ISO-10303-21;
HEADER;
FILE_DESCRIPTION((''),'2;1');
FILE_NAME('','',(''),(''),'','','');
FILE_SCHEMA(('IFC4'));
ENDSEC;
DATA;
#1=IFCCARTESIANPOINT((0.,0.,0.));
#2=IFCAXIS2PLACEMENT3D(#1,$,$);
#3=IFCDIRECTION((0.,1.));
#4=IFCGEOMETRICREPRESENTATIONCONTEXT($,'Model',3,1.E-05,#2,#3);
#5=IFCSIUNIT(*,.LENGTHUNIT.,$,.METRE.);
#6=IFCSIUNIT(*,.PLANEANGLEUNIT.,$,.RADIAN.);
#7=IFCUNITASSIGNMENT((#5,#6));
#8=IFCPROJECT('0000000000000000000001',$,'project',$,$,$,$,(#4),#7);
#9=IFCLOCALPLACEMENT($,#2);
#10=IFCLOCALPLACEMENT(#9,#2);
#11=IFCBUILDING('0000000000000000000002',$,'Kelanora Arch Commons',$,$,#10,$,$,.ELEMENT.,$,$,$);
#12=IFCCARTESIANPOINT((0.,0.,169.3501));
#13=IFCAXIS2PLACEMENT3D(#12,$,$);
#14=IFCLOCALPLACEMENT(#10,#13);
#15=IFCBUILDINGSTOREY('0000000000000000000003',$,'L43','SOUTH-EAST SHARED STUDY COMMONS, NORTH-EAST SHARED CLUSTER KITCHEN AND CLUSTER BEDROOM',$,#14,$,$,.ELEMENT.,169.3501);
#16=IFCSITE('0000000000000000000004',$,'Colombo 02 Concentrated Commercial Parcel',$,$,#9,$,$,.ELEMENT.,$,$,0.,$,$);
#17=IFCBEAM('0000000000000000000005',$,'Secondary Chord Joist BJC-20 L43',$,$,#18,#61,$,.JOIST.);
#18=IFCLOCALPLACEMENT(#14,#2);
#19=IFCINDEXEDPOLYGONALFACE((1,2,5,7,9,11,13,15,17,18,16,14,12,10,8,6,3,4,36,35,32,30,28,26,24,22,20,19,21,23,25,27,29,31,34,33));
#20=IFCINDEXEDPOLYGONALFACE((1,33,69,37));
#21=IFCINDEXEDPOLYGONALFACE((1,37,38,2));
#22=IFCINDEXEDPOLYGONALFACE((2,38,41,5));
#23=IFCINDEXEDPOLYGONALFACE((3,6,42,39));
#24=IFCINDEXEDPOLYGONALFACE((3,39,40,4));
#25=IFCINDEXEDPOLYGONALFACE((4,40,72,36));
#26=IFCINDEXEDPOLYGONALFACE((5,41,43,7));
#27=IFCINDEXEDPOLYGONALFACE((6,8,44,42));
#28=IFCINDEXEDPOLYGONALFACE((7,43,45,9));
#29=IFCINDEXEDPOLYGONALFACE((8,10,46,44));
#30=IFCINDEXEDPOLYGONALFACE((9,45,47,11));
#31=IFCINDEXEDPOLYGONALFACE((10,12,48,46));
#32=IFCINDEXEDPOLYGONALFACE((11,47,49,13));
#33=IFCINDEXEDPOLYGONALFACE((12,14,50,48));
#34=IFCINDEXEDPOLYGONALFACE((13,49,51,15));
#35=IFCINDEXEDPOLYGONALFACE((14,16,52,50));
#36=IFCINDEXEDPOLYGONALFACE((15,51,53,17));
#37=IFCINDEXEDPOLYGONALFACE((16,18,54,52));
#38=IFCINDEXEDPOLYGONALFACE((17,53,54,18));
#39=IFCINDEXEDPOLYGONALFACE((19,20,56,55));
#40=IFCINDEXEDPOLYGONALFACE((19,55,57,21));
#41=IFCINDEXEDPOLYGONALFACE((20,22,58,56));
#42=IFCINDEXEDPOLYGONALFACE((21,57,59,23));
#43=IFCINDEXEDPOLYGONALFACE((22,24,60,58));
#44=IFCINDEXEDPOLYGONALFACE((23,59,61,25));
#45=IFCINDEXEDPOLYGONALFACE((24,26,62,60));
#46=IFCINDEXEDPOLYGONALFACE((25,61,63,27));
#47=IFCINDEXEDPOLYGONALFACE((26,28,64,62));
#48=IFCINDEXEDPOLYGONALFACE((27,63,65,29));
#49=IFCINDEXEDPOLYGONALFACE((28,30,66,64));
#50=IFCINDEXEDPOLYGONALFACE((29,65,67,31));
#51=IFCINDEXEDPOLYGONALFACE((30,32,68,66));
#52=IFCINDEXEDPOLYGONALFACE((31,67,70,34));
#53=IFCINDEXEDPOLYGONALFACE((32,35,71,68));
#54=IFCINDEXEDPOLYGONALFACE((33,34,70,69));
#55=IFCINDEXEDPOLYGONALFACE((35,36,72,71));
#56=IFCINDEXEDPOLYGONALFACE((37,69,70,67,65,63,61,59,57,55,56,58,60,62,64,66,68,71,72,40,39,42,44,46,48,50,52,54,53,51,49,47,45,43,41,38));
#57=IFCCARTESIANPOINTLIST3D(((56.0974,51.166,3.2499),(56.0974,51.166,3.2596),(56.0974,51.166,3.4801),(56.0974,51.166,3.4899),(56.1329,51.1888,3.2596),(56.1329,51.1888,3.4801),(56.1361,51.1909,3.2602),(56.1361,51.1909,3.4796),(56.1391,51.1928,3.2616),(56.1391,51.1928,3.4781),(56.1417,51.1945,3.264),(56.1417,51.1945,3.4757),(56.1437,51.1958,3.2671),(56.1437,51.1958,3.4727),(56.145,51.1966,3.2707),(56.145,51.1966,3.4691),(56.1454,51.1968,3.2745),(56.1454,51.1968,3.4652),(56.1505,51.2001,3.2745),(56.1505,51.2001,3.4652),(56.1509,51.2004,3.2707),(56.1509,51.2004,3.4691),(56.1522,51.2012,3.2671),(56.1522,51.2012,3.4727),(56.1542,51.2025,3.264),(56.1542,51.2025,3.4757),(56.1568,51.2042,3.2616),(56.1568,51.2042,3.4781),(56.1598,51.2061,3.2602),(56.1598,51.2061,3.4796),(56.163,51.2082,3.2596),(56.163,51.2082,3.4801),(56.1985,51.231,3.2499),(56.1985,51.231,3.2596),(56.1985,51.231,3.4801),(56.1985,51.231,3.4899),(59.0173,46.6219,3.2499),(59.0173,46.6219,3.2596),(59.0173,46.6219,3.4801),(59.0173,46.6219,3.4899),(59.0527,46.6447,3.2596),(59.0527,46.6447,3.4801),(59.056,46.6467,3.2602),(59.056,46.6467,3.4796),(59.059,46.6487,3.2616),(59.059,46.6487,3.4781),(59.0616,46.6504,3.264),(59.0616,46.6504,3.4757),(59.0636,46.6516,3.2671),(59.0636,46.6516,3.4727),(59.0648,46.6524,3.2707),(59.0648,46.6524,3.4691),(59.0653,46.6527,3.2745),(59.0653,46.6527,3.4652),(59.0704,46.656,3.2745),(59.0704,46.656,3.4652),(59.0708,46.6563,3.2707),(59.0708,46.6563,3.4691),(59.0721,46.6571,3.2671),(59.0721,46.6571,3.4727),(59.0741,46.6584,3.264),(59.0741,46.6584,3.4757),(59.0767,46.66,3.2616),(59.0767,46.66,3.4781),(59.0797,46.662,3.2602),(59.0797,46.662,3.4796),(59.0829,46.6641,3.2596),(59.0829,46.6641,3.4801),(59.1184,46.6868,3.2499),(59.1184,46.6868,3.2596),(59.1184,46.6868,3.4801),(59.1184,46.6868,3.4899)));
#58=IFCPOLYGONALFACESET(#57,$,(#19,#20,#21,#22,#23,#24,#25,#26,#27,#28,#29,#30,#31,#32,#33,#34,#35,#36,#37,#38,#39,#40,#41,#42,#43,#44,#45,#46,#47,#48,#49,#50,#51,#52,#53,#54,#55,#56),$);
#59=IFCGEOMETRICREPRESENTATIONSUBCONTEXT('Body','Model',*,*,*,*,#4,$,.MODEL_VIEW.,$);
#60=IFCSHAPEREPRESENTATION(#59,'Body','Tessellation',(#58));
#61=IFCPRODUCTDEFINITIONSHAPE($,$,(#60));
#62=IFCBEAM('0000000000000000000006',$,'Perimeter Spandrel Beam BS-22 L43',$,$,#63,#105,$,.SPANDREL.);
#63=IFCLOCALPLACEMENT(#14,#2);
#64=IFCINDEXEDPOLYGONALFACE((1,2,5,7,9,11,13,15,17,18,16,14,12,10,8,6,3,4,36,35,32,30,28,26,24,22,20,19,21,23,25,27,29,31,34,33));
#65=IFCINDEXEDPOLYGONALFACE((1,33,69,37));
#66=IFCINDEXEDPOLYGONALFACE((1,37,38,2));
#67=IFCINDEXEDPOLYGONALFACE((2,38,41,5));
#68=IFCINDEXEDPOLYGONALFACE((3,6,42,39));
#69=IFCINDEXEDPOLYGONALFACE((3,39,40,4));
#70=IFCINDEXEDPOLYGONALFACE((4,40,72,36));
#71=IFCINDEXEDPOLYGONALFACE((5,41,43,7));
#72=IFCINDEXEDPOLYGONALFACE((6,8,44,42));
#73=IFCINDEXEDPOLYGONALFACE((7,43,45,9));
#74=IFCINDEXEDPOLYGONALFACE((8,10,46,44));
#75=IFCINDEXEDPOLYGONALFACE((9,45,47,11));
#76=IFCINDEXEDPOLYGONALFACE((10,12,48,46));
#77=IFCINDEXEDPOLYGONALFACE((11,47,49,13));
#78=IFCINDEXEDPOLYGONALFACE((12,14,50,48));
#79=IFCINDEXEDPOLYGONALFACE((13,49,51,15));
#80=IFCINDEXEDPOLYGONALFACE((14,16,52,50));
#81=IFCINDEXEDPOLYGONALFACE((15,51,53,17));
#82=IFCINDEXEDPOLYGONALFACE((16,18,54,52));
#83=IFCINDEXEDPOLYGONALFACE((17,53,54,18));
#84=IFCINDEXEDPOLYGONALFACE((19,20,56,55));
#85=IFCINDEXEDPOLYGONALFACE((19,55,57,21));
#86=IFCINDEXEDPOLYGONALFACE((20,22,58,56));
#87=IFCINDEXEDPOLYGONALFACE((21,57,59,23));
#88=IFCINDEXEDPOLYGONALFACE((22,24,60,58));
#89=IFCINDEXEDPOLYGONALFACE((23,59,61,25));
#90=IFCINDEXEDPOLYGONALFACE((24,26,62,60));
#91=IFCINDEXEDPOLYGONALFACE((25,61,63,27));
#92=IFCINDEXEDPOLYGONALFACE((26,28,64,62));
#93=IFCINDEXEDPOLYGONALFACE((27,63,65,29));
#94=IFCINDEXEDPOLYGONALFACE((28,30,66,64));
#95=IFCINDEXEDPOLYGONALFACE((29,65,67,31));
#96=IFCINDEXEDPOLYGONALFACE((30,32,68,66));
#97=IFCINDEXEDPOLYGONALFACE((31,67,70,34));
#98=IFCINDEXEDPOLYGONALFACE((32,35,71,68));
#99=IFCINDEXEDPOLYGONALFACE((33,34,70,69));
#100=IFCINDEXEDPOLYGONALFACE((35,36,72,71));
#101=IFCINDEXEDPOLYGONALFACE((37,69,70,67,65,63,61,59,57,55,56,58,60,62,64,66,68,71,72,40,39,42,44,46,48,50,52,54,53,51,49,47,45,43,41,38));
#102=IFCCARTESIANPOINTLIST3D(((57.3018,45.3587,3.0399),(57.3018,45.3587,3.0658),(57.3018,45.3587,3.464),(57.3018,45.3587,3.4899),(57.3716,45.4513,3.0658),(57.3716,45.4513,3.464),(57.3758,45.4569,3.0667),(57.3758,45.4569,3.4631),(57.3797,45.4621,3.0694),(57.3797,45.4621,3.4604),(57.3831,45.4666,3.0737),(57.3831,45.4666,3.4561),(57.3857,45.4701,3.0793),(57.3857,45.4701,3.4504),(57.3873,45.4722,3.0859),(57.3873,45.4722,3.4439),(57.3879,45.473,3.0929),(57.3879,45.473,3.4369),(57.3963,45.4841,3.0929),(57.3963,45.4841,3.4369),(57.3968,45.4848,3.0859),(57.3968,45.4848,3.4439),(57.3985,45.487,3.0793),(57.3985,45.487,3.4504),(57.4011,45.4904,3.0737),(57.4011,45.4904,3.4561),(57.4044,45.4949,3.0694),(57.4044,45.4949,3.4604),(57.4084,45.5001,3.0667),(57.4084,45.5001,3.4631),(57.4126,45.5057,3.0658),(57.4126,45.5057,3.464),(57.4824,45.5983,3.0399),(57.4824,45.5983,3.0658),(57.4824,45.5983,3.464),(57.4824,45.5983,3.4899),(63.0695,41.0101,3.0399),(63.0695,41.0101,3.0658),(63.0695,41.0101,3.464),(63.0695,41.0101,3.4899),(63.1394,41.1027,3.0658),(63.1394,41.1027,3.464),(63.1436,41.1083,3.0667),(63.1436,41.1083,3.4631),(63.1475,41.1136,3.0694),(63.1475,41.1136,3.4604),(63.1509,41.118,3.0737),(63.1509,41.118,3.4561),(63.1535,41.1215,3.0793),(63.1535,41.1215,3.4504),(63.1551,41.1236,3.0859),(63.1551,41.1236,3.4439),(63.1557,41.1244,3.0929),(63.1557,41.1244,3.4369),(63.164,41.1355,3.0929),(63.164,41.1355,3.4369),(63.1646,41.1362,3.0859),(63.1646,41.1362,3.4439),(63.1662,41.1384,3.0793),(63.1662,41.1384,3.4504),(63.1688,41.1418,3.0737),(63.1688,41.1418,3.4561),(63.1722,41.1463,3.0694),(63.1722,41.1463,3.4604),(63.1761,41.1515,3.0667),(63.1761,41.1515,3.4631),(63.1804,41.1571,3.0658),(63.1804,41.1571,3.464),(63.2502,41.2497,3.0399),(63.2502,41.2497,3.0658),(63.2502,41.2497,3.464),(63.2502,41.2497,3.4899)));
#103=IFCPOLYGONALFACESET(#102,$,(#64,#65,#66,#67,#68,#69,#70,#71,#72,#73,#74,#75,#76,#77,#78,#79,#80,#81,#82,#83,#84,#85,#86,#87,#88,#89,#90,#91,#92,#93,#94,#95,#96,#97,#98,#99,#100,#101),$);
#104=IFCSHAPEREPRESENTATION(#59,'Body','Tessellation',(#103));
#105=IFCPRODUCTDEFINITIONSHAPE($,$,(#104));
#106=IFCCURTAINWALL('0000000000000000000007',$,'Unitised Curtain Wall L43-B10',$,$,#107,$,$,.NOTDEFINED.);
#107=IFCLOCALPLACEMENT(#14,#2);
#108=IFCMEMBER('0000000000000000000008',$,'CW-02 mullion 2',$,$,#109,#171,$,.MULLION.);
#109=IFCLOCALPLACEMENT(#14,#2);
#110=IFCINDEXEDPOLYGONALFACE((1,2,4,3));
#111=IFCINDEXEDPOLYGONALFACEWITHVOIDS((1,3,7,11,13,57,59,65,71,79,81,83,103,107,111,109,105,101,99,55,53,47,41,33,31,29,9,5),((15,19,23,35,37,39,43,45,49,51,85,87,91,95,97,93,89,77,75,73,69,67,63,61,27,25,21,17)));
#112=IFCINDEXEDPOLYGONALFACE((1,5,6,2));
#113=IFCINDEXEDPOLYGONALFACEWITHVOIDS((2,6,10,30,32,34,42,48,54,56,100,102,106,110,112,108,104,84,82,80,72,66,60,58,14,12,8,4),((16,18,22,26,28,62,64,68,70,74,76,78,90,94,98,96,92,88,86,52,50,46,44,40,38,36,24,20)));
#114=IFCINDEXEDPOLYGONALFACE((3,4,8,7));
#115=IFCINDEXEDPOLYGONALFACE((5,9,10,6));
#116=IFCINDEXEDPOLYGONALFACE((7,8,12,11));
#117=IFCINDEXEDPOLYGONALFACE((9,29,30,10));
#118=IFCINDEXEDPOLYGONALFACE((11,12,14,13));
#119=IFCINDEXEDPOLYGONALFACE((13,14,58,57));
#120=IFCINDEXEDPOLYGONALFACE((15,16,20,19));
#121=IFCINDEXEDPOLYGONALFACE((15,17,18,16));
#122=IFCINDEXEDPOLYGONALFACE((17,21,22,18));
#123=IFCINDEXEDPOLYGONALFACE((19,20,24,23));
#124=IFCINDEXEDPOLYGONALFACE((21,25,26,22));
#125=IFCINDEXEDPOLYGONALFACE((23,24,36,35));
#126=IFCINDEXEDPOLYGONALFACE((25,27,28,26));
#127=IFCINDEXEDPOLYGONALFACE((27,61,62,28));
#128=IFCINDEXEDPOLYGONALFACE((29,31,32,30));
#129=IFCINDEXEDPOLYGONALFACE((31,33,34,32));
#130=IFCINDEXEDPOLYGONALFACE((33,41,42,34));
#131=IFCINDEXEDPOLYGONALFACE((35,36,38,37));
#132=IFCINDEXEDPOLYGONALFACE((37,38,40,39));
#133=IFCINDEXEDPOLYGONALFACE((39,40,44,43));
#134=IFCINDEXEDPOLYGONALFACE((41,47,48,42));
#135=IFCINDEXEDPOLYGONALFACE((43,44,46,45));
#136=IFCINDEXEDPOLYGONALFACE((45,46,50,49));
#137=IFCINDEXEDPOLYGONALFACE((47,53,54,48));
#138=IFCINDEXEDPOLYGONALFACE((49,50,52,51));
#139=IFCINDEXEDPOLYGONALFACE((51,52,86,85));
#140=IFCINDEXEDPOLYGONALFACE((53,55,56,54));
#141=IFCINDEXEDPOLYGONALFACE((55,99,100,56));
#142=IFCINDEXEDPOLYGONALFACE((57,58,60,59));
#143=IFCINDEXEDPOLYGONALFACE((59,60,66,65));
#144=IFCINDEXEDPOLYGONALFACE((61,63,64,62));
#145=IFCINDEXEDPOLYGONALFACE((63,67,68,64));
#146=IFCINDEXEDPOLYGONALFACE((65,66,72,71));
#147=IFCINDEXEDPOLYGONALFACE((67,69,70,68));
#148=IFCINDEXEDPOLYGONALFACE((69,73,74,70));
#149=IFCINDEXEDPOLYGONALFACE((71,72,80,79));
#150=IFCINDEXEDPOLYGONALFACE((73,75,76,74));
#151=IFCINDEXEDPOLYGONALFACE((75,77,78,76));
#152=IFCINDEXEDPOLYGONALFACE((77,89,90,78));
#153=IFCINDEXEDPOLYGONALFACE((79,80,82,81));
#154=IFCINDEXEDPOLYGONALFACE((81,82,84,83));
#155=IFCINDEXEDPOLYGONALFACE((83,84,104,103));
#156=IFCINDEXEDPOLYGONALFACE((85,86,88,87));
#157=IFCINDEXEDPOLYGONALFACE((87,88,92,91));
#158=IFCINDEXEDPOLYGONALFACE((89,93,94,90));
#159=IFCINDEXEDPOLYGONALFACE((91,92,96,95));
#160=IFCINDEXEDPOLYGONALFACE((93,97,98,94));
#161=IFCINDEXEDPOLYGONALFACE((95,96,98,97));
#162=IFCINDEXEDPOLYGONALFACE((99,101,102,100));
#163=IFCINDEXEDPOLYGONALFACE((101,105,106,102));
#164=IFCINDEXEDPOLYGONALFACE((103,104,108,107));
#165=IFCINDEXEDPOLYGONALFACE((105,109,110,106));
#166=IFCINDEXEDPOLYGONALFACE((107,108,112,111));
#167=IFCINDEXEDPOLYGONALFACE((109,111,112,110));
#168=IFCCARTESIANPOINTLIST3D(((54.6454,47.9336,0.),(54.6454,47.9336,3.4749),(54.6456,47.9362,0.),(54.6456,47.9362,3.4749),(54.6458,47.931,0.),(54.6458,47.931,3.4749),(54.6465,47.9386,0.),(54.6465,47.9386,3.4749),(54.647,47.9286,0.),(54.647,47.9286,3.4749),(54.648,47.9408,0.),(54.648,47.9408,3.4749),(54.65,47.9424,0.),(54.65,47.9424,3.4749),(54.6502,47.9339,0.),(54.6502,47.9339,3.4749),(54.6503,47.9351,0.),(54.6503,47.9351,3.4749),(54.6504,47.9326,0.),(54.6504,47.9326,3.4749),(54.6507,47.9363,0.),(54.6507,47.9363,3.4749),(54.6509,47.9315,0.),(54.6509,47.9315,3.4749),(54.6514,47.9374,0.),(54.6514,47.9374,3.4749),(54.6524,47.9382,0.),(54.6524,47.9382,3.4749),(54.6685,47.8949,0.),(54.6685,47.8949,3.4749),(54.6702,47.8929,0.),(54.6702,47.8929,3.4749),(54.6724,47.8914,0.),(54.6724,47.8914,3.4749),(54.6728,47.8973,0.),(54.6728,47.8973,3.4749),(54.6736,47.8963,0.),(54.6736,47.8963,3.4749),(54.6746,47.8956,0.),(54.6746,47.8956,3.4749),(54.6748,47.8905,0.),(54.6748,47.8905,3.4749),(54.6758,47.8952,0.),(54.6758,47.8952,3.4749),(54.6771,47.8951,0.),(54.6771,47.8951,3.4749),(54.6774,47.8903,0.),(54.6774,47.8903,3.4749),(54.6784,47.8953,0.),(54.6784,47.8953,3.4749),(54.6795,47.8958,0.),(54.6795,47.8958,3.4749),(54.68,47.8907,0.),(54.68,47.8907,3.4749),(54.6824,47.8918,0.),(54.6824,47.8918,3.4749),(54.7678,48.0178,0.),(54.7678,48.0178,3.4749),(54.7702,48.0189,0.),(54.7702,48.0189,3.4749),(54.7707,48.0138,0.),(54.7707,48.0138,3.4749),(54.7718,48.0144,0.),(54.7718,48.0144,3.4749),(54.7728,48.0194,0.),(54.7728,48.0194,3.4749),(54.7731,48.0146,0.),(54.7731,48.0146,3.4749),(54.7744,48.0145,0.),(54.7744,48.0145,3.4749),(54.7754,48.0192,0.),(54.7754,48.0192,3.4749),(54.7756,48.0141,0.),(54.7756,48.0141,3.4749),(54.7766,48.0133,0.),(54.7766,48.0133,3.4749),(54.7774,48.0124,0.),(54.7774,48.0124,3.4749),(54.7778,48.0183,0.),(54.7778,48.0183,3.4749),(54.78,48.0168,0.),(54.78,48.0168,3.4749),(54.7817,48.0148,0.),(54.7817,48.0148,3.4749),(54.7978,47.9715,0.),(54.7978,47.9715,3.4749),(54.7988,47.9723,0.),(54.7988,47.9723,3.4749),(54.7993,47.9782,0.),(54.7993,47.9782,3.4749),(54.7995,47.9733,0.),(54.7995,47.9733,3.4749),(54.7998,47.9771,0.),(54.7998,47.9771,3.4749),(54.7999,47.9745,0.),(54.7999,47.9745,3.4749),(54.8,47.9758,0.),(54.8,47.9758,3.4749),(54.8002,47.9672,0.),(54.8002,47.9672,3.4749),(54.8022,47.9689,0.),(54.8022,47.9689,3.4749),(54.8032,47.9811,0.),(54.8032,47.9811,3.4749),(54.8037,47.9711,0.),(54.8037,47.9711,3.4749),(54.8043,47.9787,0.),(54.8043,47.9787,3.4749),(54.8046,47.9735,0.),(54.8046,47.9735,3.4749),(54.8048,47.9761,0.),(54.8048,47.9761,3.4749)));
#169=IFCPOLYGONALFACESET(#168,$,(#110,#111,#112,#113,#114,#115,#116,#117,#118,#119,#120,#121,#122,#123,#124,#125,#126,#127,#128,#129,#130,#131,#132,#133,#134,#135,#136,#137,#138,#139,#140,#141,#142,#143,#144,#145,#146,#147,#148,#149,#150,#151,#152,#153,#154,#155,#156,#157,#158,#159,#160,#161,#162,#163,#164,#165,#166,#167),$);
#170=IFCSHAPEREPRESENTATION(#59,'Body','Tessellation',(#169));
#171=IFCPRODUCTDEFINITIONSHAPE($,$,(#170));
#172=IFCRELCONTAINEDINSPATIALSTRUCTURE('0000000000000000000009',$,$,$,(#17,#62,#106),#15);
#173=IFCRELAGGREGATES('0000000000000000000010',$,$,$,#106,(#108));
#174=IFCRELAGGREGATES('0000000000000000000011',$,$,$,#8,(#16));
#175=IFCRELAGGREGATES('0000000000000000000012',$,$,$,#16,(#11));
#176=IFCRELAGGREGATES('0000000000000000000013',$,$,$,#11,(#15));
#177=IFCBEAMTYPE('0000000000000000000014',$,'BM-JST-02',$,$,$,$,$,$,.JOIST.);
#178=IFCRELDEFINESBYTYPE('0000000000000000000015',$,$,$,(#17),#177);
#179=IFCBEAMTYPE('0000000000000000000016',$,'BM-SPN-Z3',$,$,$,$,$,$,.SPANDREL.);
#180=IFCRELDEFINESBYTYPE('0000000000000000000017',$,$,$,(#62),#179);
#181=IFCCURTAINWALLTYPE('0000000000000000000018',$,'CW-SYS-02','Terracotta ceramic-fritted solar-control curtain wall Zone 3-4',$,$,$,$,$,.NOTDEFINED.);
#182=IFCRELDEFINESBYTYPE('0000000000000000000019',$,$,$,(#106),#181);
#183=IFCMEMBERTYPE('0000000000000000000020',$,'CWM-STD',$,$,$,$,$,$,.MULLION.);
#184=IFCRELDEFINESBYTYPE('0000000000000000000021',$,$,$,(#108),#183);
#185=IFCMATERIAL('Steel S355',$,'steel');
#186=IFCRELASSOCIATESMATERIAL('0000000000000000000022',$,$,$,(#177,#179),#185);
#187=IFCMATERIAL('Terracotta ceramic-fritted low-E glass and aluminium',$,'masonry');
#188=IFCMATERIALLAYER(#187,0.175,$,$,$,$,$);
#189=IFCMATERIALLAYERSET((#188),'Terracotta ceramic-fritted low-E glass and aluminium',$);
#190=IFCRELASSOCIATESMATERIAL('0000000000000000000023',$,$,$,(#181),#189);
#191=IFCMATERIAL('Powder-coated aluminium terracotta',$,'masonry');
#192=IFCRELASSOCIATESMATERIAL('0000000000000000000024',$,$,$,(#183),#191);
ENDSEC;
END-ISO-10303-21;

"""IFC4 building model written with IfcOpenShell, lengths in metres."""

from ifc_helpers import new_model, si_unit, direction, frame, origin, origin_2d, place, context, subcontext, project, spatial, hollow_rectangle, i_section, extrude, material, layer, layer_set, material_profile, profile_set, type_object, element, aggregate, save


model = new_model("IFC4")

# Units and contexts
model_context = context("Model", 3, precision=1e-05, world=origin(), true_north=direction((0.0, 1.0)))
body_context = subcontext(model_context, "Body", "Model", "MODEL_VIEW")
ifc_project = project(units=[si_unit("LENGTHUNIT", "METRE"), si_unit("PLANEANGLEUNIT", "RADIAN")], contexts=[model_context])

# Site, building, storey
site_placement = place(None, origin())
site = spatial("IfcSite", under=ifc_project, at=site_placement, Name="Colombo 02 Concentrated Commercial Parcel", CompositionType="ELEMENT", RefElevation=0.0)
building_placement = place(site_placement, origin())
building = spatial("IfcBuilding", under=site, at=building_placement, Name="Kelanora Arch Commons", CompositionType="ELEMENT")
storey_placement = place(building_placement, frame((0.0, 0.0, 169.3501)))
storey = spatial("IfcBuildingStorey", under=building, at=storey_placement, Name="L43", Description="SOUTH-EAST SHARED STUDY COMMONS, NORTH-EAST SHARED CLUSTER KITCHEN AND CLUSTER BEDROOM", CompositionType="ELEMENT", Elevation=169.3501)

# Beams
ifc_material_1 = material(Name="Steel S355", Category="steel")
ifc_material_profile_1 = material_profile(ifc_material_1, i_section(OverallWidth=0.1201, OverallDepth=0.24, WebThickness=0.0061, FlangeThickness=0.0098, FilletRadius=0.0149, at=origin_2d()), Name="IPE240")
ifc_profile_set_1 = profile_set([ifc_material_profile_1], Name="Steel S355")
beam_type_1 = type_object("IfcBeamType", Name="BM-JST-02", PredefinedType="JOIST", material=ifc_profile_set_1)
beam_1_placement = place(storey_placement, frame((56.1479, 51.1985, 3.3699), z_axis=(0.540582, -0.841292, 0.0), x_axis=(0.841292, 0.540582, 0.0)))
element("IfcBeam", 1, at=beam_1_placement, inside=storey, type_object=beam_type_1, Name="Secondary Chord Joist BJC-20 L43", PredefinedType="JOIST", context=body_context, shape_type="SweptSolid", body=[
    extrude(i_section(OverallWidth=0.1201, OverallDepth=0.24, WebThickness=0.0061, FlangeThickness=0.0098, FilletRadius=0.0149, at=origin_2d()), origin(), (0.0, 0.0, 1.0), 5.4014),
])
ifc_material_profile_2 = material_profile(ifc_material_1, i_section(OverallWidth=0.3, OverallDepth=0.45, WebThickness=0.0139, FlangeThickness=0.0259, FilletRadius=0.0271, at=origin_2d()), Name="HEB450")
ifc_profile_set_2 = profile_set([ifc_material_profile_2], Name="Steel S355")
beam_type_2 = type_object("IfcBeamType", Name="BM-SPN-Z3", PredefinedType="SPANDREL", material=ifc_profile_set_2)
beam_2_placement = place(storey_placement, frame((57.3921, 45.4785, 3.2649), z_axis=(0.798485, -0.602015, 0.0), x_axis=(0.602015, 0.798485, 0.0)))
element("IfcBeam", 2, at=beam_2_placement, inside=storey, type_object=beam_type_2, Name="Perimeter Spandrel Beam BS-22 L43", PredefinedType="SPANDREL", context=body_context, shape_type="SweptSolid", body=[
    extrude(i_section(OverallWidth=0.3, OverallDepth=0.45, WebThickness=0.0139, FlangeThickness=0.0259, FilletRadius=0.0271, at=origin_2d()), origin(), (0.0, 0.0, 1.0), 7.2234),
])

# Curtain wall, member
ifc_material_2 = material(Name="Terracotta ceramic-fritted low-E glass and aluminium", Category="masonry")
ifc_layer_1 = layer(ifc_material_2, 0.175)
ifc_layer_set_1 = layer_set([ifc_layer_1], Name="Terracotta ceramic-fritted low-E glass and aluminium")
curtain_wall_type = type_object("IfcCurtainWallType", Name="CW-SYS-02", Description="Terracotta ceramic-fritted solar-control curtain wall Zone 3-4", PredefinedType="NOTDEFINED", material=ifc_layer_set_1)
curtain_wall_placement = place(storey_placement, origin())
curtain_wall = element("IfcCurtainWall", 3, at=curtain_wall_placement, inside=storey, type_object=curtain_wall_type, Name="Unitised Curtain Wall L43-B10", PredefinedType="NOTDEFINED")
ifc_material_3 = material(Name="Powder-coated aluminium terracotta", Category="masonry")
ifc_material_profile_3 = material_profile(ifc_material_3, hollow_rectangle(XDim=0.1599, YDim=0.0601, WallThickness=0.0049, InnerFilletRadius=0.0049, OuterFilletRadius=0.01, at=origin_2d()), Name="CWM160x60")
ifc_profile_set_3 = profile_set([ifc_material_profile_3], Name="Powder-coated aluminium terracotta")
member_type_1 = type_object("IfcMemberType", Name="CWM-STD", PredefinedType="MULLION", material=ifc_profile_set_3)
member_1_placement = place(storey_placement, frame((54.7251, 47.9548, 0.0), z_axis=(0.0, 0.0, 1.0), x_axis=(0.842423, 0.538817, 0.0)))
member_1 = element("IfcMember", 4, at=member_1_placement, type_object=member_type_1, Name="CW-02 mullion 2", PredefinedType="MULLION", context=body_context, shape_type="SweptSolid", body=[
    extrude(hollow_rectangle(XDim=0.1599, YDim=0.0601, WallThickness=0.0049, InnerFilletRadius=0.0049, OuterFilletRadius=0.01, at=origin_2d()), origin(), (0.0, 0.0, 1.0), 3.4749),
])
aggregate(curtain_wall, [member_1])

save(model, "model.ifc")
